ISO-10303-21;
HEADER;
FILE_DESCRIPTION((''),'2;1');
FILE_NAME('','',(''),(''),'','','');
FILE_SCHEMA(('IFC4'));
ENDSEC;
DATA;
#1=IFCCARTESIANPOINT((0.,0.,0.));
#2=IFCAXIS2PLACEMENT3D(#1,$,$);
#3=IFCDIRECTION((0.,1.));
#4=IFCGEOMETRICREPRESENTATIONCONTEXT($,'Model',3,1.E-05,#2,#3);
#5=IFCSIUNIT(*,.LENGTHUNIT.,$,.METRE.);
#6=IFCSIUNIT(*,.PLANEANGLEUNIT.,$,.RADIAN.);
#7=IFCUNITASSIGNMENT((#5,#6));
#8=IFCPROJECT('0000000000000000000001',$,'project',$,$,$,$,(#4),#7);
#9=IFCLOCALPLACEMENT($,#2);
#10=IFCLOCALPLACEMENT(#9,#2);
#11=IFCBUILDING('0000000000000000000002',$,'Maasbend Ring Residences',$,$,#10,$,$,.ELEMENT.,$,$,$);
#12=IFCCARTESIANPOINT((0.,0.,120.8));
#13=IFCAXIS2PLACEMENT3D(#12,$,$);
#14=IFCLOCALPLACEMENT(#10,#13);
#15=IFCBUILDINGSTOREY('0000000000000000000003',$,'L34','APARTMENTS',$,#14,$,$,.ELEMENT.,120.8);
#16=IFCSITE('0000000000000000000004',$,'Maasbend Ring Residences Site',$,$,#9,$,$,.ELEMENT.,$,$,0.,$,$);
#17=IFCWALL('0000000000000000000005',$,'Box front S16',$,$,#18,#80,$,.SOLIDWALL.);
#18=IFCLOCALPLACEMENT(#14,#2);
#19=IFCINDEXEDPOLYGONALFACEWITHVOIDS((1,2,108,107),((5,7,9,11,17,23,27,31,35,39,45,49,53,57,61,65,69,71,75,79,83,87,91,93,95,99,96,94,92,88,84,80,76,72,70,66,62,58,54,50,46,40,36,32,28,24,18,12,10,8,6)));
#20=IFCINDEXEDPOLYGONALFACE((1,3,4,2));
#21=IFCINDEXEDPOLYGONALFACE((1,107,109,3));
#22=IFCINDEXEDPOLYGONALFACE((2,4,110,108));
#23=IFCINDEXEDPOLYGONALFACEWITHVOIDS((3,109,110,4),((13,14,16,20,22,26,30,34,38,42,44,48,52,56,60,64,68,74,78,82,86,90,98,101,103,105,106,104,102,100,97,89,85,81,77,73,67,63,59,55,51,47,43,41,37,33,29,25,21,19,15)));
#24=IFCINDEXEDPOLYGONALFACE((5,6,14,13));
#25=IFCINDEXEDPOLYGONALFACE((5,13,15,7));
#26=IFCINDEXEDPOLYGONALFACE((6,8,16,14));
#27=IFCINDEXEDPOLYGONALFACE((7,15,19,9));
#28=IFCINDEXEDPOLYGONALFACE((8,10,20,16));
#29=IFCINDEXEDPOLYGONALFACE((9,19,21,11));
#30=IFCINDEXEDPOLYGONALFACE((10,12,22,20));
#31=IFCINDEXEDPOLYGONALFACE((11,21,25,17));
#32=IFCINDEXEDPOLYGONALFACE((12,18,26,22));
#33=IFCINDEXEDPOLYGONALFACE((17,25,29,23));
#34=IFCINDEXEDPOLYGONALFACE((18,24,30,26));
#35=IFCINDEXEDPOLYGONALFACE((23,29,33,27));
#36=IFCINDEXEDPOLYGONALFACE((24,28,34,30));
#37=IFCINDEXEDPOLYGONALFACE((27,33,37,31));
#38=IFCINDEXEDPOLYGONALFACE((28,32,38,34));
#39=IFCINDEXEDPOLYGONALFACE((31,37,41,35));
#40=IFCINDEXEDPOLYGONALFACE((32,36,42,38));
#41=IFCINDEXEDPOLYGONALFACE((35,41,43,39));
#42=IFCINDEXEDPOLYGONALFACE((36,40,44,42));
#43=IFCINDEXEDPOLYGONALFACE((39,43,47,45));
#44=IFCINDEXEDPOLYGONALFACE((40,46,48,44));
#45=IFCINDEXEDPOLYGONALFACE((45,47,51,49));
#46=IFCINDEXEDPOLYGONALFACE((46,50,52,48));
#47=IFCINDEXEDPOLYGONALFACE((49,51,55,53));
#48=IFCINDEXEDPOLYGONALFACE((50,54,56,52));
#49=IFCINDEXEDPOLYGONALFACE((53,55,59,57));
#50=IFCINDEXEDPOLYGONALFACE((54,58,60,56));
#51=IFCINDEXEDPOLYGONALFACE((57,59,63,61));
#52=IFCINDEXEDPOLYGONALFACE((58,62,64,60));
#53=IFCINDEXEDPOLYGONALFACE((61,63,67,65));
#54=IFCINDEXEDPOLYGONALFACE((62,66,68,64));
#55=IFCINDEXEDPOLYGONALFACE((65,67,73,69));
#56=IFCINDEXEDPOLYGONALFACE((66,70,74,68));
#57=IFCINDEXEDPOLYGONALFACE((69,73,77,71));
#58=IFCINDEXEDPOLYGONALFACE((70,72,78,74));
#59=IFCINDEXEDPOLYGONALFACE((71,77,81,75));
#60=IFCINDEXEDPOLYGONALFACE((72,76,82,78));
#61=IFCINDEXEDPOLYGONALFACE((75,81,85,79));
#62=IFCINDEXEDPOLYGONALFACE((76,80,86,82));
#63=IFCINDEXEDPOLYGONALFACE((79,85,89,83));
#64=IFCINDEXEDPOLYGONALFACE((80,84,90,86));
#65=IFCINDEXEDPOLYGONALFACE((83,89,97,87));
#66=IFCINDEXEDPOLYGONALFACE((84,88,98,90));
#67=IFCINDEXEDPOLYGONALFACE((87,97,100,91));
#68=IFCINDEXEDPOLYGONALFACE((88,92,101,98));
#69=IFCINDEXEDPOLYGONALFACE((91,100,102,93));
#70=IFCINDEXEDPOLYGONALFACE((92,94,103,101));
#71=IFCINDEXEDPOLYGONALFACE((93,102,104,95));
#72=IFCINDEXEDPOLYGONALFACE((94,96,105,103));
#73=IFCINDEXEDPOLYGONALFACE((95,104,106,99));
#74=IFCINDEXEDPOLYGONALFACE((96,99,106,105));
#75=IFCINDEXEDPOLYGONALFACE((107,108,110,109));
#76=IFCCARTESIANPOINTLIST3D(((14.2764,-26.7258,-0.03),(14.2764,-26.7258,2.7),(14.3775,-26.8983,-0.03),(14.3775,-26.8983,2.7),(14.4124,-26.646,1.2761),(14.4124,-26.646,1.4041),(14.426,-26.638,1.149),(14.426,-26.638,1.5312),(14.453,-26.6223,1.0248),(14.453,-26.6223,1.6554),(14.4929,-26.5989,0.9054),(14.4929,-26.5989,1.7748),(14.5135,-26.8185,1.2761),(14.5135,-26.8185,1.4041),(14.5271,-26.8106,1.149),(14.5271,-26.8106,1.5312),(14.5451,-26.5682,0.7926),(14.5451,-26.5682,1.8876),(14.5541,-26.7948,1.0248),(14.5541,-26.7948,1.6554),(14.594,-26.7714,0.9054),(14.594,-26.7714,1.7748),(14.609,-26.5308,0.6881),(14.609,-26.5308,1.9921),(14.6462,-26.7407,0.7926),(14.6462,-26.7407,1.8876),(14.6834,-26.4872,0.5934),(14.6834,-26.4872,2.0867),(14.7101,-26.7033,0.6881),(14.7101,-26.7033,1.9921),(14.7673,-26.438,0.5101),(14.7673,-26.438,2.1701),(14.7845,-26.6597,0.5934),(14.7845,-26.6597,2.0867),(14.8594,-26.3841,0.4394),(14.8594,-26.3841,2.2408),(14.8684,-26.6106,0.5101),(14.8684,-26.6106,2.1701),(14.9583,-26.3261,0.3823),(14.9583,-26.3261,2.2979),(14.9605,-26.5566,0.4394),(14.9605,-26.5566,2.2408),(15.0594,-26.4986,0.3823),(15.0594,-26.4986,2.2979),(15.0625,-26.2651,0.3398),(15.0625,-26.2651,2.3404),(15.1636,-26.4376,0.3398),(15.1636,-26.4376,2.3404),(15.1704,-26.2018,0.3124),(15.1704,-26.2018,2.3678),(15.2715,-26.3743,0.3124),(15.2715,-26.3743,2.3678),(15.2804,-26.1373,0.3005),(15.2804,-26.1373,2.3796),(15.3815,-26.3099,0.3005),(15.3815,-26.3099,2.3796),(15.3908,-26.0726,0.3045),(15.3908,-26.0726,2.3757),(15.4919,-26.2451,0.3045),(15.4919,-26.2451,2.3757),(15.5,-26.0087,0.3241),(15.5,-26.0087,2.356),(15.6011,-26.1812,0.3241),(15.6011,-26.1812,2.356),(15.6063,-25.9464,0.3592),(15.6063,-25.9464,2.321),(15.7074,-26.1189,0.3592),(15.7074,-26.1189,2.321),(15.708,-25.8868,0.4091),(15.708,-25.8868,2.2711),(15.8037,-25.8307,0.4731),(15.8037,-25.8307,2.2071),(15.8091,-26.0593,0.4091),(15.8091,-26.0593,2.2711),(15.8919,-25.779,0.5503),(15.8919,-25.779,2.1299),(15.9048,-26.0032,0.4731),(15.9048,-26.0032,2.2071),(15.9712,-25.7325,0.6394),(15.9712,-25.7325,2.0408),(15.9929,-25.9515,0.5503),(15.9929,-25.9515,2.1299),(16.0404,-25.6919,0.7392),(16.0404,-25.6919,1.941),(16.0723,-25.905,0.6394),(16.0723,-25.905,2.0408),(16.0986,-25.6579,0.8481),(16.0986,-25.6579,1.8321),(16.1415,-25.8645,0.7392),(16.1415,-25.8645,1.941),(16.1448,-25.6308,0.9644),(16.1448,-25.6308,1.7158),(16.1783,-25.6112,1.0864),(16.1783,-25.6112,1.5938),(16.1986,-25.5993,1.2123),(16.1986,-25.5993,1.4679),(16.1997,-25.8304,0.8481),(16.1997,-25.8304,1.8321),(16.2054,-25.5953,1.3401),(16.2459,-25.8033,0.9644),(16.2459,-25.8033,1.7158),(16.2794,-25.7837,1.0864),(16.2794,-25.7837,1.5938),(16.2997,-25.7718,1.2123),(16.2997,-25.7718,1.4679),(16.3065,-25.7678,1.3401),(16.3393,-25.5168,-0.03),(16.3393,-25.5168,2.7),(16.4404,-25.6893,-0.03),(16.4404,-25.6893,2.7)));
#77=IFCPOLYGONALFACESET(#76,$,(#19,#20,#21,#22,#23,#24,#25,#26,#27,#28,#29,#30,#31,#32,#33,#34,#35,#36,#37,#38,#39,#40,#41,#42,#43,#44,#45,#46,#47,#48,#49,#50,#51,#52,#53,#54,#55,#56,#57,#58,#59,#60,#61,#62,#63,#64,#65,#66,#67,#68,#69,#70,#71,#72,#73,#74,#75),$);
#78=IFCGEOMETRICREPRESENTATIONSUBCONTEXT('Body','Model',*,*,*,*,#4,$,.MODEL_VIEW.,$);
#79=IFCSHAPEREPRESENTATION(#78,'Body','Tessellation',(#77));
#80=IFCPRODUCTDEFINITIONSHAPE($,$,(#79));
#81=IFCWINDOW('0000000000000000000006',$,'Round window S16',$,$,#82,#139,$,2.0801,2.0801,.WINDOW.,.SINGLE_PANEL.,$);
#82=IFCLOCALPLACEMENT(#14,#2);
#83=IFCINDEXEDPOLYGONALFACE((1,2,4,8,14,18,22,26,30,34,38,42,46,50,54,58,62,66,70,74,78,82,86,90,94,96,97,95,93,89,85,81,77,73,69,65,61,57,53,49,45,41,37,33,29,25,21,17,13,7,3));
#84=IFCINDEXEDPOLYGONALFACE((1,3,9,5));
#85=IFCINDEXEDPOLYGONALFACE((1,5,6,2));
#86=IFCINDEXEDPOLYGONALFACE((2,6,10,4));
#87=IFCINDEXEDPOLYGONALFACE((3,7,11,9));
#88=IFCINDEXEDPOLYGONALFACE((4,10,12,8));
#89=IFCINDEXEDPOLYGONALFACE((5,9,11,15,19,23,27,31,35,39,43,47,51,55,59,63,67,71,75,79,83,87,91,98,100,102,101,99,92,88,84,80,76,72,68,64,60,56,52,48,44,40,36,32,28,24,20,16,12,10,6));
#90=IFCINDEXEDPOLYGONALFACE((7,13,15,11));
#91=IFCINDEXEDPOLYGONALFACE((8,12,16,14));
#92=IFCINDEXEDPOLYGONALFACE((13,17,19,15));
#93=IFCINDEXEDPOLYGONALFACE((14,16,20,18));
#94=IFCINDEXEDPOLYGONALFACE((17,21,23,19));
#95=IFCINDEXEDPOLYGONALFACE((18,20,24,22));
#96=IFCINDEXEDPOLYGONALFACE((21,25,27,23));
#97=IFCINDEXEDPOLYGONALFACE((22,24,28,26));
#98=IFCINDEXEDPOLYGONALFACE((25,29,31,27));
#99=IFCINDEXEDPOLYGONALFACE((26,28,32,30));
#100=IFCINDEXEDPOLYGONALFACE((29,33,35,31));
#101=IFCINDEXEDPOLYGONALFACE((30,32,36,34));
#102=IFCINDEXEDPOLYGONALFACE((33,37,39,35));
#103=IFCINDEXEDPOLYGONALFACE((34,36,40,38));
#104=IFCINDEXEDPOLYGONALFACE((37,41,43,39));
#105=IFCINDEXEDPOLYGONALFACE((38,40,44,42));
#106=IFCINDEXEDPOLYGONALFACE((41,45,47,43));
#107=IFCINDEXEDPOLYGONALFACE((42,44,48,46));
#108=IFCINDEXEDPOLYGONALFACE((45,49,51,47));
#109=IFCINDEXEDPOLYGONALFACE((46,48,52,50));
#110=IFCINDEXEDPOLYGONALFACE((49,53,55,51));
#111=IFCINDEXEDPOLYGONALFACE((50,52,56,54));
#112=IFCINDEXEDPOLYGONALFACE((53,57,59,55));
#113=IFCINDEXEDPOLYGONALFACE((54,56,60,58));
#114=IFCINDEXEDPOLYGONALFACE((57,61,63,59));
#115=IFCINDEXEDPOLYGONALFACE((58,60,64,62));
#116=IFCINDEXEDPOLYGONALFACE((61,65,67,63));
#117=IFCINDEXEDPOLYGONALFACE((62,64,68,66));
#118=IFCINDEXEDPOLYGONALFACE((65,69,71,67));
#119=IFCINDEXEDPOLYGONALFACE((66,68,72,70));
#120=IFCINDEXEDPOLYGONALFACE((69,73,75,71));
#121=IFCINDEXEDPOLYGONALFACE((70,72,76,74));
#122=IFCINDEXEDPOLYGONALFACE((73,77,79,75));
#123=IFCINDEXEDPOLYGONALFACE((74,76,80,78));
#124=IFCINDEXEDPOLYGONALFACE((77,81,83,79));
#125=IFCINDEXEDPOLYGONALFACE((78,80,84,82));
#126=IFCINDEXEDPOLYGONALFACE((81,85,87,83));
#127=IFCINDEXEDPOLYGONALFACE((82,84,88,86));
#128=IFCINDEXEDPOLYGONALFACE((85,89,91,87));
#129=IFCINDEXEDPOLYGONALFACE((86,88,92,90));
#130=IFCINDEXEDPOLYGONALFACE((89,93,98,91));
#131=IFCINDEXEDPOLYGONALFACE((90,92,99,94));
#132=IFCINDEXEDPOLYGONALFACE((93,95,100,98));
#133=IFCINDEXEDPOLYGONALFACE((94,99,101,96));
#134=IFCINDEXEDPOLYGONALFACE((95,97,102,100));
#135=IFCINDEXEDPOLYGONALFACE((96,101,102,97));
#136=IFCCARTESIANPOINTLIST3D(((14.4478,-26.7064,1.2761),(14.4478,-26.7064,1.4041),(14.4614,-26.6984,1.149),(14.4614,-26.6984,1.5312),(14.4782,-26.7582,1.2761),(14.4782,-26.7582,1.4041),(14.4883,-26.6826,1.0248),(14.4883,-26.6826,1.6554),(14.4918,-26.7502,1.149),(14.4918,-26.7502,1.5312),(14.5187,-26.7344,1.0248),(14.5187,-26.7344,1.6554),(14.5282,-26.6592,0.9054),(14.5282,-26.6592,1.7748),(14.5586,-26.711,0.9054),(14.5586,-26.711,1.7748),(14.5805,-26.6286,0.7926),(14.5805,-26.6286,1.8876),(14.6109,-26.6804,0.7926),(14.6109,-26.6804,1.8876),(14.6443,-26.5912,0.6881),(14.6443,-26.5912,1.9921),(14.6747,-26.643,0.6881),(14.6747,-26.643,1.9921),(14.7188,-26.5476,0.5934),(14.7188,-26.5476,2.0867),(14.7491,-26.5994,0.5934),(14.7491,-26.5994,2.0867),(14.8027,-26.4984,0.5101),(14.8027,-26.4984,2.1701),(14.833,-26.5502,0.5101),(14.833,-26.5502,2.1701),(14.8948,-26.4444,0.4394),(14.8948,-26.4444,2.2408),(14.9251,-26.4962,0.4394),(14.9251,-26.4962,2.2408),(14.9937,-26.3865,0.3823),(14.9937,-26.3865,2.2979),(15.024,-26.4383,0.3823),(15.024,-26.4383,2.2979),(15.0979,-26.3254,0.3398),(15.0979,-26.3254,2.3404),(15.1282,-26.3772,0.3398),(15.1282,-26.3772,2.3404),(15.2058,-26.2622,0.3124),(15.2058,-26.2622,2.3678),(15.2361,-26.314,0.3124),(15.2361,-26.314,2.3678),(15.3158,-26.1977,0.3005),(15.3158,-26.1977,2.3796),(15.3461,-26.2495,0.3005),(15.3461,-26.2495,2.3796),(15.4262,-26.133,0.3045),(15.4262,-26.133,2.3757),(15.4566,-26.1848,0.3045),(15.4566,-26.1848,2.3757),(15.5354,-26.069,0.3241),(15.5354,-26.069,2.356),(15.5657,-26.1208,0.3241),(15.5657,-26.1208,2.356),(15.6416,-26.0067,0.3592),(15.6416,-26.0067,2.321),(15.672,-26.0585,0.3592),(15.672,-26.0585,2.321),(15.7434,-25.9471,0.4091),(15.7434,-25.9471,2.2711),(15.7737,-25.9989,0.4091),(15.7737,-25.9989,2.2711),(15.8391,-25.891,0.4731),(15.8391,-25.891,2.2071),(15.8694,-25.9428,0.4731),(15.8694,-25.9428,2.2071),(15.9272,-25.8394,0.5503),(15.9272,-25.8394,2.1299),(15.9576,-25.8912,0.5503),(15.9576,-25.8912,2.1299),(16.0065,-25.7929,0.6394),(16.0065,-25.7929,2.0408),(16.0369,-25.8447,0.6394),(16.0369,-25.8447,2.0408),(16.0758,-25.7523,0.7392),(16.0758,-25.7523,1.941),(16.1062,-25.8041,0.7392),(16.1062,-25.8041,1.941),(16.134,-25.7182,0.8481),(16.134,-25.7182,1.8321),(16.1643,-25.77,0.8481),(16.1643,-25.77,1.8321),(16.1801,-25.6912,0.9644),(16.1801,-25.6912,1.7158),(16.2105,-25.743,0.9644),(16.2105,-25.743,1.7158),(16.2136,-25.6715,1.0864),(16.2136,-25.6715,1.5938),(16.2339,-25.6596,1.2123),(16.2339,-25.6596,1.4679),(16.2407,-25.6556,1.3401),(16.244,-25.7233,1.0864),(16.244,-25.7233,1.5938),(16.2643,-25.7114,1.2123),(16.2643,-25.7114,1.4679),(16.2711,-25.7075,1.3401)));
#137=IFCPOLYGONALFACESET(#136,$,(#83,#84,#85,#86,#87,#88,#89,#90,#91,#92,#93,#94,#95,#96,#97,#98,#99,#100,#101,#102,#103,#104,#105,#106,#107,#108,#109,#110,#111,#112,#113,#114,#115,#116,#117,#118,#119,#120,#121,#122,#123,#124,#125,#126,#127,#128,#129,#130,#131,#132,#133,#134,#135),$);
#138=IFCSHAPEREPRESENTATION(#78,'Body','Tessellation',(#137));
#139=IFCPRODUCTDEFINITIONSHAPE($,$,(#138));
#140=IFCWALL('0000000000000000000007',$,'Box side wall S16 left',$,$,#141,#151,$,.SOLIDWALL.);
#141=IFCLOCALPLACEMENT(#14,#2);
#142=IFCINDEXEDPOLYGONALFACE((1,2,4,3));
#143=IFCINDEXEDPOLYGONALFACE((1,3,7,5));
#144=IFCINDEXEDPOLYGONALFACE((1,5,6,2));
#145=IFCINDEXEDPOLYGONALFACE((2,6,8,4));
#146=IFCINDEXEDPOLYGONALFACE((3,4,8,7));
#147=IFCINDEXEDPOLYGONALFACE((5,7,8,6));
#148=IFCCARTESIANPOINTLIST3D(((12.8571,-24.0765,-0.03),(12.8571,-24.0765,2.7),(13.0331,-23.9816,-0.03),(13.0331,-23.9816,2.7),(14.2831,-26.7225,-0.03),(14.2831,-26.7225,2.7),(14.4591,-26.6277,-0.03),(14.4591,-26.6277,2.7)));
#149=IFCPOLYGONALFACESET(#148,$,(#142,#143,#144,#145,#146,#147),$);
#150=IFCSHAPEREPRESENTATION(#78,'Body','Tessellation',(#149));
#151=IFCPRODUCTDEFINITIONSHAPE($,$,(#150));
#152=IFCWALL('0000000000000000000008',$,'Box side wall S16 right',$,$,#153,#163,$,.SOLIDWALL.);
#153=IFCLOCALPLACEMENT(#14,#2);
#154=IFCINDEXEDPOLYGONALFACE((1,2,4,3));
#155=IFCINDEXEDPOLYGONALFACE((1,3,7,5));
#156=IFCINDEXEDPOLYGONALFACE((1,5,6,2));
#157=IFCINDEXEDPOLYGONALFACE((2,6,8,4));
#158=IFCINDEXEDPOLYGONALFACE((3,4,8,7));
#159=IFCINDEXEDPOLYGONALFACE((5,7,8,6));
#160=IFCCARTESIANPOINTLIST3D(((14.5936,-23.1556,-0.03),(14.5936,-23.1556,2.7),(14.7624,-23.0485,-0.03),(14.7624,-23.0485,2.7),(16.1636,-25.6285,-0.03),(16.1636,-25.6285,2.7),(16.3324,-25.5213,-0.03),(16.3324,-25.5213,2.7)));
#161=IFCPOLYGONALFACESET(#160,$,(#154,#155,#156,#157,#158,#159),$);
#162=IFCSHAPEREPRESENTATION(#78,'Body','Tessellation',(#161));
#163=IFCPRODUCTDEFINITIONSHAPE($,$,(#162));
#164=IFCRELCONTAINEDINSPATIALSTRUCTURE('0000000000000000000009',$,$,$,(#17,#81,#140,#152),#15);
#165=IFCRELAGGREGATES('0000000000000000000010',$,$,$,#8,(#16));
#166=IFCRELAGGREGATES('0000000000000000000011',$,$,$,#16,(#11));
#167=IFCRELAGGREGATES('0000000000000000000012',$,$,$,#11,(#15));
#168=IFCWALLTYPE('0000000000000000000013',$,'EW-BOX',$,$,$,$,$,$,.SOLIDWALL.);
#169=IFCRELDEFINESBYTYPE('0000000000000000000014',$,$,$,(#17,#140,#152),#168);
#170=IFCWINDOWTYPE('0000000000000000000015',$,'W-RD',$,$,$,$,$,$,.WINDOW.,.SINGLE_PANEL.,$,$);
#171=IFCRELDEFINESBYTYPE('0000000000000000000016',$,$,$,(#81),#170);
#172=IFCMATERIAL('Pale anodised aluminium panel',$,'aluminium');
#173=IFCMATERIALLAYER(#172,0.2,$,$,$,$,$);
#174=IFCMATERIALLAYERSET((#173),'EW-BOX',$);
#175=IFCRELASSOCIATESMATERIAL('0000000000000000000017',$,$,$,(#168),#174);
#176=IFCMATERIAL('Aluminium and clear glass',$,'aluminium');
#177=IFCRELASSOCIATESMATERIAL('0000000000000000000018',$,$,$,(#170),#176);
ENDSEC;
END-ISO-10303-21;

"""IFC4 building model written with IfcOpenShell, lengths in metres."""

from ifc_helpers import new_model, si_unit, direction, frame, frame_2d, origin, place, context, subcontext, project, spatial, rectangle, circle, extrude, material, layer, layer_set, type_object, element, fill, save


model = new_model("IFC4")

# Units and contexts
model_context = context("Model", 3, precision=1e-05, world=origin(), true_north=direction((0.0, 1.0)))
body_context = subcontext(model_context, "Body", "Model", "MODEL_VIEW")
ifc_project = project(units=[si_unit("LENGTHUNIT", "METRE"), si_unit("PLANEANGLEUNIT", "RADIAN")], contexts=[model_context])

# Site, building, storey
site_placement = place(None, origin())
site = spatial("IfcSite", under=ifc_project, at=site_placement, Name="Maasbend Ring Residences Site", CompositionType="ELEMENT", RefElevation=0.0)
building_placement = place(site_placement, origin())
building = spatial("IfcBuilding", under=site, at=building_placement, Name="Maasbend Ring Residences", CompositionType="ELEMENT")
storey_placement = place(building_placement, frame((0.0, 0.0, 120.8)))
storey = spatial("IfcBuildingStorey", under=building, at=storey_placement, Name="L34", Description="APARTMENTS", CompositionType="ELEMENT", Elevation=120.8)

# Wall, opening, window
ifc_material_1 = material(Name="Pale anodised aluminium panel", Category="aluminium")
ifc_layer_1 = layer(ifc_material_1, 0.2)
ifc_layer_set_1 = layer_set([ifc_layer_1], Name="EW-BOX")
wall_type_1 = type_object("IfcWallType", Name="EW-BOX", PredefinedType="SOLIDWALL", material=ifc_layer_set_1)
wall_1_placement = place(storey_placement, frame((14.3269, -26.812, -0.03), z_axis=(0.0, 0.0, 1.0), x_axis=(0.862762, 0.505609, 0.0)))
wall_1 = element("IfcWall", 1, at=wall_1_placement, inside=storey, type_object=wall_type_1, Name="Box front S16", PredefinedType="SOLIDWALL", context=body_context, shape_type="SweptSolid", body=[
    extrude(rectangle(XDim=2.3911, YDim=0.2, at=frame_2d((1.1956, 0.0))), origin(), (0.0, 0.0, 1.0), 2.73),
])
opening_1_placement = place(wall_1_placement, frame((0.1558, 0.0, 0.3301)))
opening_1 = element("IfcOpeningElement", 2, at=opening_1_placement, cuts=wall_1, PredefinedType="OPENING", context=body_context, shape_type="SweptSolid", body=[
    extrude(circle(Radius=1.04, at=frame_2d((1.04, 1.04))), frame((0.0, 0.1099, 0.0), z_axis=(0.0, -1.0, 0.0), x_axis=(1.0, 0.0, 0.0)), (0.0, 0.0, 1.0), 0.22),
])
ifc_material_2 = material(Name="Aluminium and clear glass", Category="aluminium")
window_type_1 = type_object("IfcWindowType", Name="W-RD", PartitioningType="SINGLE_PANEL", PredefinedType="WINDOW", material=ifc_material_2)
window_1_placement = place(opening_1_placement, origin())
window_1 = element("IfcWindow", 3, at=window_1_placement, inside=storey, type_object=window_type_1, Name="Round window S16", OverallHeight=2.0801, OverallWidth=2.0801, PartitioningType="SINGLE_PANEL", PredefinedType="WINDOW", context=body_context, shape_type="SweptSolid", body=[
    extrude(circle(Radius=1.04, at=frame_2d((1.04, 1.04))), frame((0.0, 0.03, 0.0), z_axis=(0.0, -1.0, 0.0), x_axis=(1.0, 0.0, 0.0)), (0.0, 0.0, 1.0), 0.0601),
])
fill(opening_1, window_1)

# Walls
wall_2_placement = place(storey_placement, frame((12.9451, -24.0291, -0.03), z_axis=(0.0, 0.0, 1.0), x_axis=(0.474424, -0.880296, 0.0)))
element("IfcWall", 4, at=wall_2_placement, inside=storey, type_object=wall_type_1, Name="Box side wall S16 left", PredefinedType="SOLIDWALL", context=body_context, shape_type="SweptSolid", body=[
    extrude(rectangle(XDim=3.0059, YDim=0.2, at=frame_2d((1.5029, 0.0))), origin(), (0.0, 0.0, 1.0), 2.73),
])
wall_3_placement = place(storey_placement, frame((14.678, -23.1021, -0.03), z_axis=(0.0, 0.0, 1.0), x_axis=(0.536002, -0.844217, 0.0)))
element("IfcWall", 5, at=wall_3_placement, inside=storey, type_object=wall_type_1, Name="Box side wall S16 right", PredefinedType="SOLIDWALL", context=body_context, shape_type="SweptSolid", body=[
    extrude(rectangle(XDim=2.9292, YDim=0.2, at=frame_2d((1.4646, 0.0))), origin(), (0.0, 0.0, 1.0), 2.73),
])

save(model, "model.ifc")
